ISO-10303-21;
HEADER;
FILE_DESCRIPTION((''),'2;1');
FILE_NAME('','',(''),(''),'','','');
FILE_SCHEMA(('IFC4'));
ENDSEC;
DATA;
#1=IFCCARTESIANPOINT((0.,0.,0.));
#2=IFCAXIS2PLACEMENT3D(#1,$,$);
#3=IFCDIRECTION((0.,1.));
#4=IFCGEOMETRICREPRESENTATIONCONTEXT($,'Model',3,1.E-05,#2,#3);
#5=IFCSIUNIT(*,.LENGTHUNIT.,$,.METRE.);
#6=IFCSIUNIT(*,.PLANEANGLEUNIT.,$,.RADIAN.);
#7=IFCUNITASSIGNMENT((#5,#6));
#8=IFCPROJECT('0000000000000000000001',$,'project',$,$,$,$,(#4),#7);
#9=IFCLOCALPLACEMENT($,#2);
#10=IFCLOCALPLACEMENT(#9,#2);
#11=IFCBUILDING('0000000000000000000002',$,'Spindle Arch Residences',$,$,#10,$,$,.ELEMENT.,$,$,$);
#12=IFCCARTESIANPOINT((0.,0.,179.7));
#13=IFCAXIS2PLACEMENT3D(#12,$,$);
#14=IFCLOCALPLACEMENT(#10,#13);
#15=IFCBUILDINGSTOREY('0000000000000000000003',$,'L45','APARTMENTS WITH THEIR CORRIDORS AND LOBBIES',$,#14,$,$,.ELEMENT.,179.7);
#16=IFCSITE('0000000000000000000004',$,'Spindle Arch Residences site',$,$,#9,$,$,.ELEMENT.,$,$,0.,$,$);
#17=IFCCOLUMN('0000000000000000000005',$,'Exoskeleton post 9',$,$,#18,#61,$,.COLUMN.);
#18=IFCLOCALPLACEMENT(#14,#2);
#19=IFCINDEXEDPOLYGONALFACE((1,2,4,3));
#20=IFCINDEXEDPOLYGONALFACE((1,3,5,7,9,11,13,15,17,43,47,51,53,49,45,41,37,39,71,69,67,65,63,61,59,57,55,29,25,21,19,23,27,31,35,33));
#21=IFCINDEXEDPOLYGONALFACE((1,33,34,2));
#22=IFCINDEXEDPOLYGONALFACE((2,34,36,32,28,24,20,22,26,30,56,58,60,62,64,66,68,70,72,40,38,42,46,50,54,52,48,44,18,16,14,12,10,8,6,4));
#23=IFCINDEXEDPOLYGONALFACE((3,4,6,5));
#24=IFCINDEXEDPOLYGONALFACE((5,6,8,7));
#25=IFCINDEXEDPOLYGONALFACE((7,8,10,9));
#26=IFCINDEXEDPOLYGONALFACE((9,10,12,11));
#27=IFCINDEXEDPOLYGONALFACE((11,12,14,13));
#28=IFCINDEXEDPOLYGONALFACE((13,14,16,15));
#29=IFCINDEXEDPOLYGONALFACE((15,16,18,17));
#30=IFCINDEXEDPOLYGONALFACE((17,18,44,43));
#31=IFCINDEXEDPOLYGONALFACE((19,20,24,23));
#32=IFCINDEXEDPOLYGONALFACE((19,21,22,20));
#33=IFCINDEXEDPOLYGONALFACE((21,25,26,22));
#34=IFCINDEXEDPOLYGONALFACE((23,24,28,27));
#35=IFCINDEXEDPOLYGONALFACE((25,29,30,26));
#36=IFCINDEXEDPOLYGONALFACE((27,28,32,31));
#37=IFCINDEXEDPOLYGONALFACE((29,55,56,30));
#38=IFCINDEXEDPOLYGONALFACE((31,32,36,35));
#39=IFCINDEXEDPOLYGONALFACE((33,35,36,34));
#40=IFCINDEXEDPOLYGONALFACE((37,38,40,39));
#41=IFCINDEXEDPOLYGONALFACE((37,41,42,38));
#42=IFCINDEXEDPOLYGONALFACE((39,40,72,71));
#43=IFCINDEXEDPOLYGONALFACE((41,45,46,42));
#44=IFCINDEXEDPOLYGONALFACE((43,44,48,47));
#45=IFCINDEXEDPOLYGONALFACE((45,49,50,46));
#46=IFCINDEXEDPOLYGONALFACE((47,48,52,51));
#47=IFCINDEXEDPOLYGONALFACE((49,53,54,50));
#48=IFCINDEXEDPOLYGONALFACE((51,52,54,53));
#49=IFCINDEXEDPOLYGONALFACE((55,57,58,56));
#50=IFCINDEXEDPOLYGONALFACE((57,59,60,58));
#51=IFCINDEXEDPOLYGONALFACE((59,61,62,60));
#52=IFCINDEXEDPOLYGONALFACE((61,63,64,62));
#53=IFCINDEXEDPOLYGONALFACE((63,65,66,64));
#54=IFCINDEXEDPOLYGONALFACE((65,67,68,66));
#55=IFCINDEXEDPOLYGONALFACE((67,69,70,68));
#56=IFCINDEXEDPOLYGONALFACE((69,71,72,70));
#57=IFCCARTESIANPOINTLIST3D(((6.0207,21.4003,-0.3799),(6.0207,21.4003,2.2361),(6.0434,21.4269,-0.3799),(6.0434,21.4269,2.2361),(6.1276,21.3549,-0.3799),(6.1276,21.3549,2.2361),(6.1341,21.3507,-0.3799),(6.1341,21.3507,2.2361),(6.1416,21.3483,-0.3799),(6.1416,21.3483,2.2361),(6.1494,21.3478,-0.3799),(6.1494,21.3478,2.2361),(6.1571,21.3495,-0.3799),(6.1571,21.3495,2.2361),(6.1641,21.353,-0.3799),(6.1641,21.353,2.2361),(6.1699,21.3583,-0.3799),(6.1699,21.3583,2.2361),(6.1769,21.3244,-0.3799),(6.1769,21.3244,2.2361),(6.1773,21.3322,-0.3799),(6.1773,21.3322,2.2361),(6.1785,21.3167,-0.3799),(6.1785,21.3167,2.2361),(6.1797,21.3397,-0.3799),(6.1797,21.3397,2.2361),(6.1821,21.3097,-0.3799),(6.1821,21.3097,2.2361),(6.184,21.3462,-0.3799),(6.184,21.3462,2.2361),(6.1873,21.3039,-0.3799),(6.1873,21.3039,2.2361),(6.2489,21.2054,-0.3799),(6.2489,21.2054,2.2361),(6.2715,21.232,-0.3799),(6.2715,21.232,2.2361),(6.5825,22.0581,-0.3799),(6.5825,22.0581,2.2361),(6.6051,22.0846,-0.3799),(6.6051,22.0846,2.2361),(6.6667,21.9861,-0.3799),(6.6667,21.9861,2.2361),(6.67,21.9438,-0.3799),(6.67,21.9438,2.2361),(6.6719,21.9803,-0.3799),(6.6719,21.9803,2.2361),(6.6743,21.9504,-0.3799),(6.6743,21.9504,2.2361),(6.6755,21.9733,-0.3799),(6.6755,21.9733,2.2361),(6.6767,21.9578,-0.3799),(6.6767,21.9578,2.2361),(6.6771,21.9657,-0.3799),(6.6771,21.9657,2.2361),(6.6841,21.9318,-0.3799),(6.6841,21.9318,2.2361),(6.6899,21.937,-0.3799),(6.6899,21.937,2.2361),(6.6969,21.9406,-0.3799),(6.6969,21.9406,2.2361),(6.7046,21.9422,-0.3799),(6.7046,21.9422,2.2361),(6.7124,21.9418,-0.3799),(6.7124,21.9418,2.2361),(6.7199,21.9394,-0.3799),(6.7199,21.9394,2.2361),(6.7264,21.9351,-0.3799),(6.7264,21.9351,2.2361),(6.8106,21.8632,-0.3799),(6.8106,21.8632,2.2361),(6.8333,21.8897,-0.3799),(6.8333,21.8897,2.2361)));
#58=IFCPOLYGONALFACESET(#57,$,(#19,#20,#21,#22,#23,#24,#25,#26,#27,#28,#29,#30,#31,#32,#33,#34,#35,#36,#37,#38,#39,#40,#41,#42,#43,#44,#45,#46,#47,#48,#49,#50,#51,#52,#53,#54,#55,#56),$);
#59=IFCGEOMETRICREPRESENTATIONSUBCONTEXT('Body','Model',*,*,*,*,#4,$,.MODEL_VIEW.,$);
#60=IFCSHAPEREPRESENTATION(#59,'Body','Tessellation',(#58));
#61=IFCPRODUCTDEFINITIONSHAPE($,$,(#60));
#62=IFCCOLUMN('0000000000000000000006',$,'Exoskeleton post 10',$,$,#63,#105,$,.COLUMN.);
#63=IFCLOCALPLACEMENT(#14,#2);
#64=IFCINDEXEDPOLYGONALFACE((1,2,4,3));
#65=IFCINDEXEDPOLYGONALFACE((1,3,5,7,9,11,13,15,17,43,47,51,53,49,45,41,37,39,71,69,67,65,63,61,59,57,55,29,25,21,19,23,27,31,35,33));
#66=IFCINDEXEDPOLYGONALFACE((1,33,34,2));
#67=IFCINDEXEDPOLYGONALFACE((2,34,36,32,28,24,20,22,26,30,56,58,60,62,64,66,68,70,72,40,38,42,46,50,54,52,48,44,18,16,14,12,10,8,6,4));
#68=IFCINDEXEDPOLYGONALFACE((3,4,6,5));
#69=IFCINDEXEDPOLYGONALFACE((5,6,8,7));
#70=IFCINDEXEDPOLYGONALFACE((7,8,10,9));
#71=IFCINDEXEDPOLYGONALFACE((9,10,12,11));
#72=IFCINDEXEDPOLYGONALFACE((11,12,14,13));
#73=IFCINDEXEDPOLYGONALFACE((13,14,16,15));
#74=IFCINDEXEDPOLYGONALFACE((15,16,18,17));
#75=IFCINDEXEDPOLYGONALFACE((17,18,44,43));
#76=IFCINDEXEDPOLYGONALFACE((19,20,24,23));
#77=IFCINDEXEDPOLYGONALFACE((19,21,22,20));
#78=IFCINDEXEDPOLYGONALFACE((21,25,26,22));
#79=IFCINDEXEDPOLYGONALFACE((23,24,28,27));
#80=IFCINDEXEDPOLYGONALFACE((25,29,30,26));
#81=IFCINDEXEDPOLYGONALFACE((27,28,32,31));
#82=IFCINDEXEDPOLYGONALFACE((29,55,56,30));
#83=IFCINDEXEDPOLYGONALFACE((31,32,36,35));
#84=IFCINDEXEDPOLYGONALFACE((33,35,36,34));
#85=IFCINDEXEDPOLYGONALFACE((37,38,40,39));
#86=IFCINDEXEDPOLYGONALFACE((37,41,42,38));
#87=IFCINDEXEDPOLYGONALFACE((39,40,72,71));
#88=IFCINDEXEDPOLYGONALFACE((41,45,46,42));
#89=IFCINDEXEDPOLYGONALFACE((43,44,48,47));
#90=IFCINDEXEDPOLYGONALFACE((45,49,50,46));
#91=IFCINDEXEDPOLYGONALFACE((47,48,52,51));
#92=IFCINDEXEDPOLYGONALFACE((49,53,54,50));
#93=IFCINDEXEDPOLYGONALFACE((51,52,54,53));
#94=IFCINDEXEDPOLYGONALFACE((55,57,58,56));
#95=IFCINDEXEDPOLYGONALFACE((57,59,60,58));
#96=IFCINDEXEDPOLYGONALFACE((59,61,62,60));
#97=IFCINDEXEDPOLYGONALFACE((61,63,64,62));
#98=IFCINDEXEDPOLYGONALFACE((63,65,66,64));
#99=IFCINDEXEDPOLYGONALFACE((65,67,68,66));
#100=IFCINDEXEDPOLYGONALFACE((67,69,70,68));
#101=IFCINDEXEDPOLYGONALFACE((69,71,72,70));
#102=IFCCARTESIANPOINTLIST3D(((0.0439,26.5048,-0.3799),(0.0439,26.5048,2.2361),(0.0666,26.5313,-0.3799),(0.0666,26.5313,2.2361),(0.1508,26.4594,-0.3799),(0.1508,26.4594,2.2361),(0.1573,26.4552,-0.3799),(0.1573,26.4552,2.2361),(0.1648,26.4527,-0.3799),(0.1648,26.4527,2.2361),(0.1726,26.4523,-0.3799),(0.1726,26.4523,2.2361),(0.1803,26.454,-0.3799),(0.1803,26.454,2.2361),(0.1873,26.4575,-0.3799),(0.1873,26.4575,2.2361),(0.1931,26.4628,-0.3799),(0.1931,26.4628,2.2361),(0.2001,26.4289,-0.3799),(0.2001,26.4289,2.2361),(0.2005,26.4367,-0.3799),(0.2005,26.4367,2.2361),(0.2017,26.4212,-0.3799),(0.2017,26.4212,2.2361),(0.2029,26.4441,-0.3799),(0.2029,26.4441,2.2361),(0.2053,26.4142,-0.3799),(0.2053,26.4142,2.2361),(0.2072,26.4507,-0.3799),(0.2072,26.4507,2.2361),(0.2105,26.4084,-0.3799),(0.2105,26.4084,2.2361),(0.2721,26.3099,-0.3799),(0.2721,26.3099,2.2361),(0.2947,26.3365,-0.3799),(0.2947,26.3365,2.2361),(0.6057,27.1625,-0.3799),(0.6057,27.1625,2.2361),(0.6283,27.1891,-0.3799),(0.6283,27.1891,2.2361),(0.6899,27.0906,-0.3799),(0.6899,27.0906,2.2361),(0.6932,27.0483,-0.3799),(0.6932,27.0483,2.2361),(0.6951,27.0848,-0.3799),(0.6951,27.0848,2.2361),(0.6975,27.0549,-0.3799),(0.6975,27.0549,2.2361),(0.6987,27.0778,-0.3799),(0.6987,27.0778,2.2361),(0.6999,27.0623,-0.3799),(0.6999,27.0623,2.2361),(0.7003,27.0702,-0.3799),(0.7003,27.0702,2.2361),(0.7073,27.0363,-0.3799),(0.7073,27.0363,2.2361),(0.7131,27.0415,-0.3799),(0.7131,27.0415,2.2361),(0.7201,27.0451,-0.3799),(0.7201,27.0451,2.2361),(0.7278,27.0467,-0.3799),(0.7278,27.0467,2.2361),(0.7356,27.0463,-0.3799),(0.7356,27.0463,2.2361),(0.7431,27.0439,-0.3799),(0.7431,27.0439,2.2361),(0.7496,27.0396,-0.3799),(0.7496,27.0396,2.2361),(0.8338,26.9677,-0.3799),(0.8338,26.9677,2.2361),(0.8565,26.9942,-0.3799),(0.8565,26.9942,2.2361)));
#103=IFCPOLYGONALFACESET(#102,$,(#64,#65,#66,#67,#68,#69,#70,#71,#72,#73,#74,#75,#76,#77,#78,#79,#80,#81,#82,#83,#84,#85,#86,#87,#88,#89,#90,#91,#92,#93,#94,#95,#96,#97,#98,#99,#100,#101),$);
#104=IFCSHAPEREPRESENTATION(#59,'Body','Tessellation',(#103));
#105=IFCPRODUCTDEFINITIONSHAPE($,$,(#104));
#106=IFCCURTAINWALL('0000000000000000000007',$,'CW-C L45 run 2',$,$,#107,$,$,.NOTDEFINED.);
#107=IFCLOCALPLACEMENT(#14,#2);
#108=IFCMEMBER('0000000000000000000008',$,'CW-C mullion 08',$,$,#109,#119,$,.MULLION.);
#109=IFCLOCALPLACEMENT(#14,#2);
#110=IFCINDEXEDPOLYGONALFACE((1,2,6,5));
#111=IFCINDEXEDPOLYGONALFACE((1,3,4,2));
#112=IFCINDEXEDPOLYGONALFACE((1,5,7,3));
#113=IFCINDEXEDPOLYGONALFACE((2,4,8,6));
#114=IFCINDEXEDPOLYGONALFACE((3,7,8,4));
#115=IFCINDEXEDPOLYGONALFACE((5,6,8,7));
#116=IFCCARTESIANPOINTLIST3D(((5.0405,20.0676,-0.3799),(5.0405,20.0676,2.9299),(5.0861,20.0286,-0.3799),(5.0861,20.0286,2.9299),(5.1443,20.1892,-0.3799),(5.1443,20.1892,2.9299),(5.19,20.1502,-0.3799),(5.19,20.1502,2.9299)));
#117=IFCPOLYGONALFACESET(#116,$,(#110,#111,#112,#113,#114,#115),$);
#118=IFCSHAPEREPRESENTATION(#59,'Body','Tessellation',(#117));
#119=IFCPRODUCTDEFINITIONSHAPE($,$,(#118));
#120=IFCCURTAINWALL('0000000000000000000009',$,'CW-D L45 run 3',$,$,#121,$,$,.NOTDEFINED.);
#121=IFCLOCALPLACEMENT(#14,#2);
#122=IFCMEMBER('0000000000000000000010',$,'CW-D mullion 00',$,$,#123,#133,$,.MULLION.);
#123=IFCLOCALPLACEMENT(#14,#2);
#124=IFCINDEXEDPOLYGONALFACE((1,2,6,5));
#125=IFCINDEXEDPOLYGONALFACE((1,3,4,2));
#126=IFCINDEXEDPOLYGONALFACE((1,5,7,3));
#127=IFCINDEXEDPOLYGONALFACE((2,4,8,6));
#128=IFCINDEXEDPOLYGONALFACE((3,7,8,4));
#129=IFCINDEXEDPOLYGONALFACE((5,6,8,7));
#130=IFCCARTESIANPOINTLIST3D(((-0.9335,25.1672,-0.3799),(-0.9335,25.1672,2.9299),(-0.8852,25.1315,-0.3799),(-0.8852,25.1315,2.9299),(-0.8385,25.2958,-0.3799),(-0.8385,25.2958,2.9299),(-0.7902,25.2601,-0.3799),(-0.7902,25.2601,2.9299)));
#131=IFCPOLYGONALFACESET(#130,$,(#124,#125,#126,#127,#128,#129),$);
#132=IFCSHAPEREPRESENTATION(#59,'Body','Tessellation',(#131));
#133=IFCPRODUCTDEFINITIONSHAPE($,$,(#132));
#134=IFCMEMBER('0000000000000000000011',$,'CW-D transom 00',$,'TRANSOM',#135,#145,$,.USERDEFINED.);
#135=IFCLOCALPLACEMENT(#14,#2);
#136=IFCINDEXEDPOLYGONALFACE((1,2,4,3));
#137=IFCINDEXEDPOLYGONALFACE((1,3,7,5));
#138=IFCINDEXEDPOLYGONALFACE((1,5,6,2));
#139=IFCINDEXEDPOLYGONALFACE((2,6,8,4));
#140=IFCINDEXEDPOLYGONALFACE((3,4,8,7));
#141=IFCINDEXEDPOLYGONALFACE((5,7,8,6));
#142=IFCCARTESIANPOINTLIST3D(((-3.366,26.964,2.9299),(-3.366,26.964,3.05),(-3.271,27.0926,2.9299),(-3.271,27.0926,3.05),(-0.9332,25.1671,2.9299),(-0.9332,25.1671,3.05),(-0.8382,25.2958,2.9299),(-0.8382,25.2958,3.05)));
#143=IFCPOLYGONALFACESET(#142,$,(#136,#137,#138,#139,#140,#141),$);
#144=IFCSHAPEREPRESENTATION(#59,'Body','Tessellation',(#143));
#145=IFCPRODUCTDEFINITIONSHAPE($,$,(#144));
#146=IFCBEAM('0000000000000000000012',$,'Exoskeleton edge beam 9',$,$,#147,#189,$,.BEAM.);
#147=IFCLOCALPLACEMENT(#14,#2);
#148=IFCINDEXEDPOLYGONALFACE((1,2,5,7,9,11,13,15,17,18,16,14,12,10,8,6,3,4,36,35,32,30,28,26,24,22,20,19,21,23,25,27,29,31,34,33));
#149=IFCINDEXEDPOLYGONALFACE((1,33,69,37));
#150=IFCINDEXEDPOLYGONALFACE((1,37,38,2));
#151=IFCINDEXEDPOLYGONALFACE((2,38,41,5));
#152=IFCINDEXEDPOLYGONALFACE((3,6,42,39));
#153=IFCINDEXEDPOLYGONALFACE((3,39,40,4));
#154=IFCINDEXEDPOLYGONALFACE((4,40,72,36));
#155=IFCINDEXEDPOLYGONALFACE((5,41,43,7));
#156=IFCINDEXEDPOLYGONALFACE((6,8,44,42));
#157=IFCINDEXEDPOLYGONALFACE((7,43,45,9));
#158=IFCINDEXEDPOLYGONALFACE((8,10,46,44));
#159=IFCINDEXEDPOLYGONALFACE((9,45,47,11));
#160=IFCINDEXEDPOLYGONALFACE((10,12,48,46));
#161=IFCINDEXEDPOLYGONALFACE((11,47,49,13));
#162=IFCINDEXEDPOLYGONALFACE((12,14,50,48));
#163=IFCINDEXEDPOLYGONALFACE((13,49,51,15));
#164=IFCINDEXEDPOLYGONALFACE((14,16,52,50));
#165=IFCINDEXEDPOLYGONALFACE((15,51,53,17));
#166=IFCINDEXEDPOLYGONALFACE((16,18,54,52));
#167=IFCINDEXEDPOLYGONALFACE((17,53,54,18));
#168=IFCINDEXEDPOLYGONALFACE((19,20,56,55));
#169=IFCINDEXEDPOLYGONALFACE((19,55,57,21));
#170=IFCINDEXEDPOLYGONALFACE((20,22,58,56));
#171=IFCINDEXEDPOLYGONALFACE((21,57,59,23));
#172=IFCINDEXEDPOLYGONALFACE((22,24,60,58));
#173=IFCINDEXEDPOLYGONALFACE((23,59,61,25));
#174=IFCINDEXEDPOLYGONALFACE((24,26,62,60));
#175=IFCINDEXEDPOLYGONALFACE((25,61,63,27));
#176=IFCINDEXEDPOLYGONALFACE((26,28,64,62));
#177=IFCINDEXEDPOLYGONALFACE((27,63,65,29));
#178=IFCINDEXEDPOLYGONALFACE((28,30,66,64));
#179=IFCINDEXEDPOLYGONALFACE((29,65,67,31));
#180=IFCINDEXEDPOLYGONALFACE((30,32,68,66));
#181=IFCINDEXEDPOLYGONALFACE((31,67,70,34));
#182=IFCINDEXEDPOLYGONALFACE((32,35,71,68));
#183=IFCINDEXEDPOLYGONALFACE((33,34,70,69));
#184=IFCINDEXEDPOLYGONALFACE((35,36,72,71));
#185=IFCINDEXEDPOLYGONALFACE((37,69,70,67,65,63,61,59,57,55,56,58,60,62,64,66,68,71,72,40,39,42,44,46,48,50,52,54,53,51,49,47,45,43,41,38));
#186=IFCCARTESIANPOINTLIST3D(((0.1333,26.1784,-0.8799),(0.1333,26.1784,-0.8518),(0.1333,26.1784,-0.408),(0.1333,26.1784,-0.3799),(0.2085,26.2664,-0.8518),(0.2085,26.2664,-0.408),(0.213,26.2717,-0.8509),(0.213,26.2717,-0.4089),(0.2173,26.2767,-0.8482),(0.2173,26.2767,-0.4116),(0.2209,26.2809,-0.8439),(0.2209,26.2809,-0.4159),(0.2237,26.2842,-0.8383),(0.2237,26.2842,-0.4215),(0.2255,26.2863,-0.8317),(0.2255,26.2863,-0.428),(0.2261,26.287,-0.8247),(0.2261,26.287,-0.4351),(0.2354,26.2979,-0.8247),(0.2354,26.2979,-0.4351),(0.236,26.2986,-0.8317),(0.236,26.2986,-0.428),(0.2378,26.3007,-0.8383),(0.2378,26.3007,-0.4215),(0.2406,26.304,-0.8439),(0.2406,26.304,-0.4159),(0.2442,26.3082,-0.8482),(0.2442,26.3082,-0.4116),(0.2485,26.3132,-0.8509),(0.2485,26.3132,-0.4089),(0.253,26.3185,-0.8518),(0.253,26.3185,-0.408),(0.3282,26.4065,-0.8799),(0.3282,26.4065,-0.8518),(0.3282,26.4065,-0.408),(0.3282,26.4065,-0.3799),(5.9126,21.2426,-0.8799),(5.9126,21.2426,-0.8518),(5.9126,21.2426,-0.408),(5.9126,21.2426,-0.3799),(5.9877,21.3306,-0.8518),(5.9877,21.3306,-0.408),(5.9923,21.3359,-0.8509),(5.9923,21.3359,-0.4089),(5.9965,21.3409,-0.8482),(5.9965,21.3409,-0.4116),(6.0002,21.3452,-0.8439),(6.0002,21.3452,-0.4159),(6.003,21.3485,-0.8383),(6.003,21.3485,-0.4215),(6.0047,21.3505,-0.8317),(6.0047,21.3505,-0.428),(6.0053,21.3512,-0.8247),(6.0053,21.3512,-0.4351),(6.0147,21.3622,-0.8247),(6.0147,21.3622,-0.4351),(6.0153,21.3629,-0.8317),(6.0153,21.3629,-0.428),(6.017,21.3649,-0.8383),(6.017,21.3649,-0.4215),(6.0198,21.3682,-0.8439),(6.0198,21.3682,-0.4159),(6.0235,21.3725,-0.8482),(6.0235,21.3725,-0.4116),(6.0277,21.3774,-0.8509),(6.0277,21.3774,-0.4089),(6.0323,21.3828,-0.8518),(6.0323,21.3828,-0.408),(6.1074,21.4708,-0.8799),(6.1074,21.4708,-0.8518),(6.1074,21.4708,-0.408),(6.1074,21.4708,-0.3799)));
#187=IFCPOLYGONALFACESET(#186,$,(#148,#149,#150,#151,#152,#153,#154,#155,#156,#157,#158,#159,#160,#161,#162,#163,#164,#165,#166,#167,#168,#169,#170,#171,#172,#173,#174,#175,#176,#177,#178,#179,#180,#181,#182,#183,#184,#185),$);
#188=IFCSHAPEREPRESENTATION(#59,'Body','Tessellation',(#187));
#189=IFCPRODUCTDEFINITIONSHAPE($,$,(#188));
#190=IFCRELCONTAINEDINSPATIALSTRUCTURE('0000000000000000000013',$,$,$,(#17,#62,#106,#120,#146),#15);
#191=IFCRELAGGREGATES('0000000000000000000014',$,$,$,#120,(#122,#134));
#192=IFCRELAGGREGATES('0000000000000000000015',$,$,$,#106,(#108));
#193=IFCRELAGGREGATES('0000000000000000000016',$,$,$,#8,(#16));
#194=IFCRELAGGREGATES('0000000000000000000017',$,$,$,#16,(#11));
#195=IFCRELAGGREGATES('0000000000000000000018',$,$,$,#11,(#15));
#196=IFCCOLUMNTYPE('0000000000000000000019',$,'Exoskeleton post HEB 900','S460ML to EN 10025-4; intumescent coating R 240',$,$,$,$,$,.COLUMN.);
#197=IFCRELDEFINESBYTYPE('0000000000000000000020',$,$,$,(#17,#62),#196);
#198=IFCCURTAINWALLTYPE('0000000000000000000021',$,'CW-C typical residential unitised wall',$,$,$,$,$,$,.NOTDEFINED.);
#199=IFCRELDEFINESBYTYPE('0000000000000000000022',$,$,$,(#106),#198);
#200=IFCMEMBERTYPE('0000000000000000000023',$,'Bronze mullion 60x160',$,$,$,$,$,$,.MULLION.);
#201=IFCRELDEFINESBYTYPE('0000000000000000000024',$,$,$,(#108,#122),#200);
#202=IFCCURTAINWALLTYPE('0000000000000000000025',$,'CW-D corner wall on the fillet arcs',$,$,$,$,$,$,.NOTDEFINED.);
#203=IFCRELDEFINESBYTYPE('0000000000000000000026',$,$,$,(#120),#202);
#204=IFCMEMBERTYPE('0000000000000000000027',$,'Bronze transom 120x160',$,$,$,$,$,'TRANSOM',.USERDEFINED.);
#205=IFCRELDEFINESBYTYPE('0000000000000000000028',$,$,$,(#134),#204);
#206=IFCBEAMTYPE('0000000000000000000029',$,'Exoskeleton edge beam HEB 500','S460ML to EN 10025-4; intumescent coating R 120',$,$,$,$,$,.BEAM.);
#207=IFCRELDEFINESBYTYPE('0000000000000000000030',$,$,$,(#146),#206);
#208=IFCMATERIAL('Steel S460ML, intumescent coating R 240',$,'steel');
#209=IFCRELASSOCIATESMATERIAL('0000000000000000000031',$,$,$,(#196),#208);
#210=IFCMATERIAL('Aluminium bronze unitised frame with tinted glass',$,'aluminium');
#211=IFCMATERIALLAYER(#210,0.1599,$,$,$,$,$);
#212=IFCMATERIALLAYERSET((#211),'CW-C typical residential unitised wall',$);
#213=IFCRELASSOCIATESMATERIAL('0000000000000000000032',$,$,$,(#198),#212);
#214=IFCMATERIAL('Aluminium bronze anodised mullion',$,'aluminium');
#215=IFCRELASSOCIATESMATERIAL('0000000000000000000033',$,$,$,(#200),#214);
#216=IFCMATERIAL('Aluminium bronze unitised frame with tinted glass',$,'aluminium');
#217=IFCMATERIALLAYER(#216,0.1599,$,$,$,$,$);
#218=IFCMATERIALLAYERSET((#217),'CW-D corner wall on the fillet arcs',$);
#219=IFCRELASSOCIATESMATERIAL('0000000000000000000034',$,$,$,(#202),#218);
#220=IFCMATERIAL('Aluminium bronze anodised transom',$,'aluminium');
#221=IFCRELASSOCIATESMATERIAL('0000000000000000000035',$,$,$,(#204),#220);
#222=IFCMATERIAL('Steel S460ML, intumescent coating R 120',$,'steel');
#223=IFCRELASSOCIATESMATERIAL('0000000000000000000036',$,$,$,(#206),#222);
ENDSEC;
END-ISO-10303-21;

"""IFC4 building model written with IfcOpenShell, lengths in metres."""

from ifc_helpers import new_model, si_unit, direction, frame, origin, origin_2d, place, context, subcontext, project, spatial, rectangle, i_section, extrude, material, layer, layer_set, material_profile, profile_set, type_object, element, aggregate, save


model = new_model("IFC4")

# Units and contexts
model_context = context("Model", 3, precision=1e-05, world=origin(), true_north=direction((0.0, 1.0)))
body_context = subcontext(model_context, "Body", "Model", "MODEL_VIEW")
ifc_project = project(units=[si_unit("LENGTHUNIT", "METRE"), si_unit("PLANEANGLEUNIT", "RADIAN")], contexts=[model_context])

# Site, building, storey
site_placement = place(None, origin())
site = spatial("IfcSite", under=ifc_project, at=site_placement, Name="Spindle Arch Residences site", CompositionType="ELEMENT", RefElevation=0.0)
building_placement = place(site_placement, origin())
building = spatial("IfcBuilding", under=site, at=building_placement, Name="Spindle Arch Residences", CompositionType="ELEMENT")
storey_placement = place(building_placement, frame((0.0, 0.0, 179.7)))
storey = spatial("IfcBuildingStorey", under=building, at=storey_placement, Name="L45", Description="APARTMENTS WITH THEIR CORRIDORS AND LOBBIES", CompositionType="ELEMENT", Elevation=179.7)

# Columns
ifc_material_1 = material(Name="Steel S460ML, intumescent coating R 240", Category="steel")
ifc_material_profile_1 = material_profile(ifc_material_1, i_section(OverallWidth=0.3, OverallDepth=0.8999, WebThickness=0.0186, FlangeThickness=0.0349, FilletRadius=0.03, at=origin_2d()), Name="HEB 900")
ifc_profile_set_1 = profile_set([ifc_material_profile_1], Name="Steel S460ML, intumescent coating R 240")
column_type = type_object("IfcColumnType", Name="Exoskeleton post HEB 900", Description="S460ML to EN 10025-4; intumescent coating R 240", PredefinedType="COLUMN", material=ifc_profile_set_1)
for number, where, z_axis, x_axis, name in (
    (1, (6.427, 21.645, -0.3799), (0.0, 0.0, 1.0), (0.760406, -0.649448, 0.0), "Exoskeleton post 9"),
    (2, (0.4502, 26.7495, -0.3799), (0.0, 0.0, 1.0), (0.760406, -0.649448, 0.0), "Exoskeleton post 10"),
):
    element("IfcColumn", number, at=place(storey_placement, frame(where, z_axis=z_axis, x_axis=x_axis)), inside=storey, type_object=column_type, Name=name, PredefinedType="COLUMN", context=body_context, shape_type="SweptSolid", body=[
        extrude(i_section(OverallWidth=0.3, OverallDepth=0.8999, WebThickness=0.0186, FlangeThickness=0.0349, FilletRadius=0.03, at=origin_2d()), origin(), (0.0, 0.0, 1.0), 2.616),
    ])

# Curtain wall, member
ifc_material_2 = material(Name="Aluminium bronze unitised frame with tinted glass", Category="aluminium")
ifc_layer_1 = layer(ifc_material_2, 0.1599)
ifc_layer_set_1 = layer_set([ifc_layer_1], Name="CW-C typical residential unitised wall")
curtain_wall_type_1 = type_object("IfcCurtainWallType", Name="CW-C typical residential unitised wall", PredefinedType="NOTDEFINED", material=ifc_layer_set_1)
curtain_wall_1_placement = place(storey_placement, origin())
curtain_wall_1 = element("IfcCurtainWall", 3, at=curtain_wall_1_placement, inside=storey, type_object=curtain_wall_type_1, Name="CW-C L45 run 2", PredefinedType="NOTDEFINED")
ifc_material_3 = material(Name="Aluminium bronze anodised mullion", Category="aluminium")
ifc_material_profile_2 = material_profile(ifc_material_3, rectangle(XDim=0.1599, YDim=0.0601, at=origin_2d()), Name="MU 60x160")
ifc_profile_set_2 = profile_set([ifc_material_profile_2], Name="Aluminium bronze anodised mullion")
member_type_1 = type_object("IfcMemberType", Name="Bronze mullion 60x160", PredefinedType="MULLION", material=ifc_profile_set_2)
member_1_placement = place(storey_placement, frame((5.1152, 20.1089, -0.3799), z_axis=(0.0, 0.0, 1.0), x_axis=(-0.649448, -0.760406, 0.0)))
member_1 = element("IfcMember", 4, at=member_1_placement, type_object=member_type_1, Name="CW-C mullion 08", PredefinedType="MULLION", context=body_context, shape_type="SweptSolid", body=[
    extrude(rectangle(XDim=0.1599, YDim=0.0601, at=origin_2d()), origin(), (0.0, 0.0, 1.0), 3.3098),
])

# Curtain wall, members
ifc_material_4 = material(Name="Aluminium bronze unitised frame with tinted glass", Category="aluminium")
ifc_layer_2 = layer(ifc_material_4, 0.1599)
ifc_layer_set_2 = layer_set([ifc_layer_2], Name="CW-D corner wall on the fillet arcs")
curtain_wall_type_2 = type_object("IfcCurtainWallType", Name="CW-D corner wall on the fillet arcs", PredefinedType="NOTDEFINED", material=ifc_layer_set_2)
curtain_wall_2_placement = place(storey_placement, origin())
curtain_wall_2 = element("IfcCurtainWall", 5, at=curtain_wall_2_placement, inside=storey, type_object=curtain_wall_type_2, Name="CW-D L45 run 3", PredefinedType="NOTDEFINED")
member_2_placement = place(storey_placement, frame((-0.8618, 25.2136, -0.3799), z_axis=(0.0, 0.0, 1.0), x_axis=(-0.594134, -0.804366, 0.0)))
member_2 = element("IfcMember", 6, at=member_2_placement, type_object=member_type_1, Name="CW-D mullion 00", PredefinedType="MULLION", context=body_context, shape_type="SweptSolid", body=[
    extrude(rectangle(XDim=0.1599, YDim=0.0601, at=origin_2d()), origin(), (0.0, 0.0, 1.0), 3.3098),
])
ifc_material_5 = material(Name="Aluminium bronze anodised transom", Category="aluminium")
ifc_material_profile_3 = material_profile(ifc_material_5, rectangle(XDim=0.1599, YDim=0.1201, at=origin_2d()), Name="TR 120x160")
ifc_profile_set_3 = profile_set([ifc_material_profile_3], Name="Aluminium bronze anodised transom")
member_type_2 = type_object("IfcMemberType", Name="Bronze transom 120x160", ElementType="TRANSOM", PredefinedType="USERDEFINED", material=ifc_profile_set_3)
member_3_placement = place(storey_placement, frame((-0.8857, 25.2314, 2.99), z_axis=(-0.804386, 0.594107, 0.0), x_axis=(-0.594107, -0.804386, 0.0)))
member_3 = element("IfcMember", 7, at=member_3_placement, type_object=member_type_2, Name="CW-D transom 00", ObjectType="TRANSOM", PredefinedType="USERDEFINED", context=body_context, shape_type="SweptSolid", body=[
    extrude(rectangle(XDim=0.1599, YDim=0.1201, at=origin_2d()), origin(), (0.0, 0.0, 1.0), 3.0244),
])
aggregate(curtain_wall_2, [member_2, member_3])

# Beam
ifc_material_6 = material(Name="Steel S460ML, intumescent coating R 120", Category="steel")
ifc_material_profile_4 = material_profile(ifc_material_6, i_section(OverallWidth=0.3, OverallDepth=0.5, WebThickness=0.0144, FlangeThickness=0.0281, FilletRadius=0.0271, at=origin_2d()), Name="HEB 500")
ifc_profile_set_4 = profile_set([ifc_material_profile_4], Name="Steel S460ML, intumescent coating R 120")
beam_type_1 = type_object("IfcBeamType", Name="Exoskeleton edge beam HEB 500", Description="S460ML to EN 10025-4; intumescent coating R 120", PredefinedType="BEAM", material=ifc_profile_set_4)
beam_1_placement = place(storey_placement, frame((6.01, 21.3567, -0.6299), z_axis=(-0.760419, 0.649433, 0.0), x_axis=(-0.649433, -0.760419, 0.0)))
element("IfcBeam", 8, at=beam_1_placement, inside=storey, type_object=beam_type_1, Name="Exoskeleton edge beam 9", PredefinedType="BEAM", context=body_context, shape_type="SweptSolid", body=[
    extrude(i_section(OverallWidth=0.3, OverallDepth=0.5, WebThickness=0.0144, FlangeThickness=0.0281, FilletRadius=0.0271, at=origin_2d()), origin(), (0.0, 0.0, 1.0), 7.6001),
])

aggregate(curtain_wall_1, [member_1])

save(model, "model.ifc")
